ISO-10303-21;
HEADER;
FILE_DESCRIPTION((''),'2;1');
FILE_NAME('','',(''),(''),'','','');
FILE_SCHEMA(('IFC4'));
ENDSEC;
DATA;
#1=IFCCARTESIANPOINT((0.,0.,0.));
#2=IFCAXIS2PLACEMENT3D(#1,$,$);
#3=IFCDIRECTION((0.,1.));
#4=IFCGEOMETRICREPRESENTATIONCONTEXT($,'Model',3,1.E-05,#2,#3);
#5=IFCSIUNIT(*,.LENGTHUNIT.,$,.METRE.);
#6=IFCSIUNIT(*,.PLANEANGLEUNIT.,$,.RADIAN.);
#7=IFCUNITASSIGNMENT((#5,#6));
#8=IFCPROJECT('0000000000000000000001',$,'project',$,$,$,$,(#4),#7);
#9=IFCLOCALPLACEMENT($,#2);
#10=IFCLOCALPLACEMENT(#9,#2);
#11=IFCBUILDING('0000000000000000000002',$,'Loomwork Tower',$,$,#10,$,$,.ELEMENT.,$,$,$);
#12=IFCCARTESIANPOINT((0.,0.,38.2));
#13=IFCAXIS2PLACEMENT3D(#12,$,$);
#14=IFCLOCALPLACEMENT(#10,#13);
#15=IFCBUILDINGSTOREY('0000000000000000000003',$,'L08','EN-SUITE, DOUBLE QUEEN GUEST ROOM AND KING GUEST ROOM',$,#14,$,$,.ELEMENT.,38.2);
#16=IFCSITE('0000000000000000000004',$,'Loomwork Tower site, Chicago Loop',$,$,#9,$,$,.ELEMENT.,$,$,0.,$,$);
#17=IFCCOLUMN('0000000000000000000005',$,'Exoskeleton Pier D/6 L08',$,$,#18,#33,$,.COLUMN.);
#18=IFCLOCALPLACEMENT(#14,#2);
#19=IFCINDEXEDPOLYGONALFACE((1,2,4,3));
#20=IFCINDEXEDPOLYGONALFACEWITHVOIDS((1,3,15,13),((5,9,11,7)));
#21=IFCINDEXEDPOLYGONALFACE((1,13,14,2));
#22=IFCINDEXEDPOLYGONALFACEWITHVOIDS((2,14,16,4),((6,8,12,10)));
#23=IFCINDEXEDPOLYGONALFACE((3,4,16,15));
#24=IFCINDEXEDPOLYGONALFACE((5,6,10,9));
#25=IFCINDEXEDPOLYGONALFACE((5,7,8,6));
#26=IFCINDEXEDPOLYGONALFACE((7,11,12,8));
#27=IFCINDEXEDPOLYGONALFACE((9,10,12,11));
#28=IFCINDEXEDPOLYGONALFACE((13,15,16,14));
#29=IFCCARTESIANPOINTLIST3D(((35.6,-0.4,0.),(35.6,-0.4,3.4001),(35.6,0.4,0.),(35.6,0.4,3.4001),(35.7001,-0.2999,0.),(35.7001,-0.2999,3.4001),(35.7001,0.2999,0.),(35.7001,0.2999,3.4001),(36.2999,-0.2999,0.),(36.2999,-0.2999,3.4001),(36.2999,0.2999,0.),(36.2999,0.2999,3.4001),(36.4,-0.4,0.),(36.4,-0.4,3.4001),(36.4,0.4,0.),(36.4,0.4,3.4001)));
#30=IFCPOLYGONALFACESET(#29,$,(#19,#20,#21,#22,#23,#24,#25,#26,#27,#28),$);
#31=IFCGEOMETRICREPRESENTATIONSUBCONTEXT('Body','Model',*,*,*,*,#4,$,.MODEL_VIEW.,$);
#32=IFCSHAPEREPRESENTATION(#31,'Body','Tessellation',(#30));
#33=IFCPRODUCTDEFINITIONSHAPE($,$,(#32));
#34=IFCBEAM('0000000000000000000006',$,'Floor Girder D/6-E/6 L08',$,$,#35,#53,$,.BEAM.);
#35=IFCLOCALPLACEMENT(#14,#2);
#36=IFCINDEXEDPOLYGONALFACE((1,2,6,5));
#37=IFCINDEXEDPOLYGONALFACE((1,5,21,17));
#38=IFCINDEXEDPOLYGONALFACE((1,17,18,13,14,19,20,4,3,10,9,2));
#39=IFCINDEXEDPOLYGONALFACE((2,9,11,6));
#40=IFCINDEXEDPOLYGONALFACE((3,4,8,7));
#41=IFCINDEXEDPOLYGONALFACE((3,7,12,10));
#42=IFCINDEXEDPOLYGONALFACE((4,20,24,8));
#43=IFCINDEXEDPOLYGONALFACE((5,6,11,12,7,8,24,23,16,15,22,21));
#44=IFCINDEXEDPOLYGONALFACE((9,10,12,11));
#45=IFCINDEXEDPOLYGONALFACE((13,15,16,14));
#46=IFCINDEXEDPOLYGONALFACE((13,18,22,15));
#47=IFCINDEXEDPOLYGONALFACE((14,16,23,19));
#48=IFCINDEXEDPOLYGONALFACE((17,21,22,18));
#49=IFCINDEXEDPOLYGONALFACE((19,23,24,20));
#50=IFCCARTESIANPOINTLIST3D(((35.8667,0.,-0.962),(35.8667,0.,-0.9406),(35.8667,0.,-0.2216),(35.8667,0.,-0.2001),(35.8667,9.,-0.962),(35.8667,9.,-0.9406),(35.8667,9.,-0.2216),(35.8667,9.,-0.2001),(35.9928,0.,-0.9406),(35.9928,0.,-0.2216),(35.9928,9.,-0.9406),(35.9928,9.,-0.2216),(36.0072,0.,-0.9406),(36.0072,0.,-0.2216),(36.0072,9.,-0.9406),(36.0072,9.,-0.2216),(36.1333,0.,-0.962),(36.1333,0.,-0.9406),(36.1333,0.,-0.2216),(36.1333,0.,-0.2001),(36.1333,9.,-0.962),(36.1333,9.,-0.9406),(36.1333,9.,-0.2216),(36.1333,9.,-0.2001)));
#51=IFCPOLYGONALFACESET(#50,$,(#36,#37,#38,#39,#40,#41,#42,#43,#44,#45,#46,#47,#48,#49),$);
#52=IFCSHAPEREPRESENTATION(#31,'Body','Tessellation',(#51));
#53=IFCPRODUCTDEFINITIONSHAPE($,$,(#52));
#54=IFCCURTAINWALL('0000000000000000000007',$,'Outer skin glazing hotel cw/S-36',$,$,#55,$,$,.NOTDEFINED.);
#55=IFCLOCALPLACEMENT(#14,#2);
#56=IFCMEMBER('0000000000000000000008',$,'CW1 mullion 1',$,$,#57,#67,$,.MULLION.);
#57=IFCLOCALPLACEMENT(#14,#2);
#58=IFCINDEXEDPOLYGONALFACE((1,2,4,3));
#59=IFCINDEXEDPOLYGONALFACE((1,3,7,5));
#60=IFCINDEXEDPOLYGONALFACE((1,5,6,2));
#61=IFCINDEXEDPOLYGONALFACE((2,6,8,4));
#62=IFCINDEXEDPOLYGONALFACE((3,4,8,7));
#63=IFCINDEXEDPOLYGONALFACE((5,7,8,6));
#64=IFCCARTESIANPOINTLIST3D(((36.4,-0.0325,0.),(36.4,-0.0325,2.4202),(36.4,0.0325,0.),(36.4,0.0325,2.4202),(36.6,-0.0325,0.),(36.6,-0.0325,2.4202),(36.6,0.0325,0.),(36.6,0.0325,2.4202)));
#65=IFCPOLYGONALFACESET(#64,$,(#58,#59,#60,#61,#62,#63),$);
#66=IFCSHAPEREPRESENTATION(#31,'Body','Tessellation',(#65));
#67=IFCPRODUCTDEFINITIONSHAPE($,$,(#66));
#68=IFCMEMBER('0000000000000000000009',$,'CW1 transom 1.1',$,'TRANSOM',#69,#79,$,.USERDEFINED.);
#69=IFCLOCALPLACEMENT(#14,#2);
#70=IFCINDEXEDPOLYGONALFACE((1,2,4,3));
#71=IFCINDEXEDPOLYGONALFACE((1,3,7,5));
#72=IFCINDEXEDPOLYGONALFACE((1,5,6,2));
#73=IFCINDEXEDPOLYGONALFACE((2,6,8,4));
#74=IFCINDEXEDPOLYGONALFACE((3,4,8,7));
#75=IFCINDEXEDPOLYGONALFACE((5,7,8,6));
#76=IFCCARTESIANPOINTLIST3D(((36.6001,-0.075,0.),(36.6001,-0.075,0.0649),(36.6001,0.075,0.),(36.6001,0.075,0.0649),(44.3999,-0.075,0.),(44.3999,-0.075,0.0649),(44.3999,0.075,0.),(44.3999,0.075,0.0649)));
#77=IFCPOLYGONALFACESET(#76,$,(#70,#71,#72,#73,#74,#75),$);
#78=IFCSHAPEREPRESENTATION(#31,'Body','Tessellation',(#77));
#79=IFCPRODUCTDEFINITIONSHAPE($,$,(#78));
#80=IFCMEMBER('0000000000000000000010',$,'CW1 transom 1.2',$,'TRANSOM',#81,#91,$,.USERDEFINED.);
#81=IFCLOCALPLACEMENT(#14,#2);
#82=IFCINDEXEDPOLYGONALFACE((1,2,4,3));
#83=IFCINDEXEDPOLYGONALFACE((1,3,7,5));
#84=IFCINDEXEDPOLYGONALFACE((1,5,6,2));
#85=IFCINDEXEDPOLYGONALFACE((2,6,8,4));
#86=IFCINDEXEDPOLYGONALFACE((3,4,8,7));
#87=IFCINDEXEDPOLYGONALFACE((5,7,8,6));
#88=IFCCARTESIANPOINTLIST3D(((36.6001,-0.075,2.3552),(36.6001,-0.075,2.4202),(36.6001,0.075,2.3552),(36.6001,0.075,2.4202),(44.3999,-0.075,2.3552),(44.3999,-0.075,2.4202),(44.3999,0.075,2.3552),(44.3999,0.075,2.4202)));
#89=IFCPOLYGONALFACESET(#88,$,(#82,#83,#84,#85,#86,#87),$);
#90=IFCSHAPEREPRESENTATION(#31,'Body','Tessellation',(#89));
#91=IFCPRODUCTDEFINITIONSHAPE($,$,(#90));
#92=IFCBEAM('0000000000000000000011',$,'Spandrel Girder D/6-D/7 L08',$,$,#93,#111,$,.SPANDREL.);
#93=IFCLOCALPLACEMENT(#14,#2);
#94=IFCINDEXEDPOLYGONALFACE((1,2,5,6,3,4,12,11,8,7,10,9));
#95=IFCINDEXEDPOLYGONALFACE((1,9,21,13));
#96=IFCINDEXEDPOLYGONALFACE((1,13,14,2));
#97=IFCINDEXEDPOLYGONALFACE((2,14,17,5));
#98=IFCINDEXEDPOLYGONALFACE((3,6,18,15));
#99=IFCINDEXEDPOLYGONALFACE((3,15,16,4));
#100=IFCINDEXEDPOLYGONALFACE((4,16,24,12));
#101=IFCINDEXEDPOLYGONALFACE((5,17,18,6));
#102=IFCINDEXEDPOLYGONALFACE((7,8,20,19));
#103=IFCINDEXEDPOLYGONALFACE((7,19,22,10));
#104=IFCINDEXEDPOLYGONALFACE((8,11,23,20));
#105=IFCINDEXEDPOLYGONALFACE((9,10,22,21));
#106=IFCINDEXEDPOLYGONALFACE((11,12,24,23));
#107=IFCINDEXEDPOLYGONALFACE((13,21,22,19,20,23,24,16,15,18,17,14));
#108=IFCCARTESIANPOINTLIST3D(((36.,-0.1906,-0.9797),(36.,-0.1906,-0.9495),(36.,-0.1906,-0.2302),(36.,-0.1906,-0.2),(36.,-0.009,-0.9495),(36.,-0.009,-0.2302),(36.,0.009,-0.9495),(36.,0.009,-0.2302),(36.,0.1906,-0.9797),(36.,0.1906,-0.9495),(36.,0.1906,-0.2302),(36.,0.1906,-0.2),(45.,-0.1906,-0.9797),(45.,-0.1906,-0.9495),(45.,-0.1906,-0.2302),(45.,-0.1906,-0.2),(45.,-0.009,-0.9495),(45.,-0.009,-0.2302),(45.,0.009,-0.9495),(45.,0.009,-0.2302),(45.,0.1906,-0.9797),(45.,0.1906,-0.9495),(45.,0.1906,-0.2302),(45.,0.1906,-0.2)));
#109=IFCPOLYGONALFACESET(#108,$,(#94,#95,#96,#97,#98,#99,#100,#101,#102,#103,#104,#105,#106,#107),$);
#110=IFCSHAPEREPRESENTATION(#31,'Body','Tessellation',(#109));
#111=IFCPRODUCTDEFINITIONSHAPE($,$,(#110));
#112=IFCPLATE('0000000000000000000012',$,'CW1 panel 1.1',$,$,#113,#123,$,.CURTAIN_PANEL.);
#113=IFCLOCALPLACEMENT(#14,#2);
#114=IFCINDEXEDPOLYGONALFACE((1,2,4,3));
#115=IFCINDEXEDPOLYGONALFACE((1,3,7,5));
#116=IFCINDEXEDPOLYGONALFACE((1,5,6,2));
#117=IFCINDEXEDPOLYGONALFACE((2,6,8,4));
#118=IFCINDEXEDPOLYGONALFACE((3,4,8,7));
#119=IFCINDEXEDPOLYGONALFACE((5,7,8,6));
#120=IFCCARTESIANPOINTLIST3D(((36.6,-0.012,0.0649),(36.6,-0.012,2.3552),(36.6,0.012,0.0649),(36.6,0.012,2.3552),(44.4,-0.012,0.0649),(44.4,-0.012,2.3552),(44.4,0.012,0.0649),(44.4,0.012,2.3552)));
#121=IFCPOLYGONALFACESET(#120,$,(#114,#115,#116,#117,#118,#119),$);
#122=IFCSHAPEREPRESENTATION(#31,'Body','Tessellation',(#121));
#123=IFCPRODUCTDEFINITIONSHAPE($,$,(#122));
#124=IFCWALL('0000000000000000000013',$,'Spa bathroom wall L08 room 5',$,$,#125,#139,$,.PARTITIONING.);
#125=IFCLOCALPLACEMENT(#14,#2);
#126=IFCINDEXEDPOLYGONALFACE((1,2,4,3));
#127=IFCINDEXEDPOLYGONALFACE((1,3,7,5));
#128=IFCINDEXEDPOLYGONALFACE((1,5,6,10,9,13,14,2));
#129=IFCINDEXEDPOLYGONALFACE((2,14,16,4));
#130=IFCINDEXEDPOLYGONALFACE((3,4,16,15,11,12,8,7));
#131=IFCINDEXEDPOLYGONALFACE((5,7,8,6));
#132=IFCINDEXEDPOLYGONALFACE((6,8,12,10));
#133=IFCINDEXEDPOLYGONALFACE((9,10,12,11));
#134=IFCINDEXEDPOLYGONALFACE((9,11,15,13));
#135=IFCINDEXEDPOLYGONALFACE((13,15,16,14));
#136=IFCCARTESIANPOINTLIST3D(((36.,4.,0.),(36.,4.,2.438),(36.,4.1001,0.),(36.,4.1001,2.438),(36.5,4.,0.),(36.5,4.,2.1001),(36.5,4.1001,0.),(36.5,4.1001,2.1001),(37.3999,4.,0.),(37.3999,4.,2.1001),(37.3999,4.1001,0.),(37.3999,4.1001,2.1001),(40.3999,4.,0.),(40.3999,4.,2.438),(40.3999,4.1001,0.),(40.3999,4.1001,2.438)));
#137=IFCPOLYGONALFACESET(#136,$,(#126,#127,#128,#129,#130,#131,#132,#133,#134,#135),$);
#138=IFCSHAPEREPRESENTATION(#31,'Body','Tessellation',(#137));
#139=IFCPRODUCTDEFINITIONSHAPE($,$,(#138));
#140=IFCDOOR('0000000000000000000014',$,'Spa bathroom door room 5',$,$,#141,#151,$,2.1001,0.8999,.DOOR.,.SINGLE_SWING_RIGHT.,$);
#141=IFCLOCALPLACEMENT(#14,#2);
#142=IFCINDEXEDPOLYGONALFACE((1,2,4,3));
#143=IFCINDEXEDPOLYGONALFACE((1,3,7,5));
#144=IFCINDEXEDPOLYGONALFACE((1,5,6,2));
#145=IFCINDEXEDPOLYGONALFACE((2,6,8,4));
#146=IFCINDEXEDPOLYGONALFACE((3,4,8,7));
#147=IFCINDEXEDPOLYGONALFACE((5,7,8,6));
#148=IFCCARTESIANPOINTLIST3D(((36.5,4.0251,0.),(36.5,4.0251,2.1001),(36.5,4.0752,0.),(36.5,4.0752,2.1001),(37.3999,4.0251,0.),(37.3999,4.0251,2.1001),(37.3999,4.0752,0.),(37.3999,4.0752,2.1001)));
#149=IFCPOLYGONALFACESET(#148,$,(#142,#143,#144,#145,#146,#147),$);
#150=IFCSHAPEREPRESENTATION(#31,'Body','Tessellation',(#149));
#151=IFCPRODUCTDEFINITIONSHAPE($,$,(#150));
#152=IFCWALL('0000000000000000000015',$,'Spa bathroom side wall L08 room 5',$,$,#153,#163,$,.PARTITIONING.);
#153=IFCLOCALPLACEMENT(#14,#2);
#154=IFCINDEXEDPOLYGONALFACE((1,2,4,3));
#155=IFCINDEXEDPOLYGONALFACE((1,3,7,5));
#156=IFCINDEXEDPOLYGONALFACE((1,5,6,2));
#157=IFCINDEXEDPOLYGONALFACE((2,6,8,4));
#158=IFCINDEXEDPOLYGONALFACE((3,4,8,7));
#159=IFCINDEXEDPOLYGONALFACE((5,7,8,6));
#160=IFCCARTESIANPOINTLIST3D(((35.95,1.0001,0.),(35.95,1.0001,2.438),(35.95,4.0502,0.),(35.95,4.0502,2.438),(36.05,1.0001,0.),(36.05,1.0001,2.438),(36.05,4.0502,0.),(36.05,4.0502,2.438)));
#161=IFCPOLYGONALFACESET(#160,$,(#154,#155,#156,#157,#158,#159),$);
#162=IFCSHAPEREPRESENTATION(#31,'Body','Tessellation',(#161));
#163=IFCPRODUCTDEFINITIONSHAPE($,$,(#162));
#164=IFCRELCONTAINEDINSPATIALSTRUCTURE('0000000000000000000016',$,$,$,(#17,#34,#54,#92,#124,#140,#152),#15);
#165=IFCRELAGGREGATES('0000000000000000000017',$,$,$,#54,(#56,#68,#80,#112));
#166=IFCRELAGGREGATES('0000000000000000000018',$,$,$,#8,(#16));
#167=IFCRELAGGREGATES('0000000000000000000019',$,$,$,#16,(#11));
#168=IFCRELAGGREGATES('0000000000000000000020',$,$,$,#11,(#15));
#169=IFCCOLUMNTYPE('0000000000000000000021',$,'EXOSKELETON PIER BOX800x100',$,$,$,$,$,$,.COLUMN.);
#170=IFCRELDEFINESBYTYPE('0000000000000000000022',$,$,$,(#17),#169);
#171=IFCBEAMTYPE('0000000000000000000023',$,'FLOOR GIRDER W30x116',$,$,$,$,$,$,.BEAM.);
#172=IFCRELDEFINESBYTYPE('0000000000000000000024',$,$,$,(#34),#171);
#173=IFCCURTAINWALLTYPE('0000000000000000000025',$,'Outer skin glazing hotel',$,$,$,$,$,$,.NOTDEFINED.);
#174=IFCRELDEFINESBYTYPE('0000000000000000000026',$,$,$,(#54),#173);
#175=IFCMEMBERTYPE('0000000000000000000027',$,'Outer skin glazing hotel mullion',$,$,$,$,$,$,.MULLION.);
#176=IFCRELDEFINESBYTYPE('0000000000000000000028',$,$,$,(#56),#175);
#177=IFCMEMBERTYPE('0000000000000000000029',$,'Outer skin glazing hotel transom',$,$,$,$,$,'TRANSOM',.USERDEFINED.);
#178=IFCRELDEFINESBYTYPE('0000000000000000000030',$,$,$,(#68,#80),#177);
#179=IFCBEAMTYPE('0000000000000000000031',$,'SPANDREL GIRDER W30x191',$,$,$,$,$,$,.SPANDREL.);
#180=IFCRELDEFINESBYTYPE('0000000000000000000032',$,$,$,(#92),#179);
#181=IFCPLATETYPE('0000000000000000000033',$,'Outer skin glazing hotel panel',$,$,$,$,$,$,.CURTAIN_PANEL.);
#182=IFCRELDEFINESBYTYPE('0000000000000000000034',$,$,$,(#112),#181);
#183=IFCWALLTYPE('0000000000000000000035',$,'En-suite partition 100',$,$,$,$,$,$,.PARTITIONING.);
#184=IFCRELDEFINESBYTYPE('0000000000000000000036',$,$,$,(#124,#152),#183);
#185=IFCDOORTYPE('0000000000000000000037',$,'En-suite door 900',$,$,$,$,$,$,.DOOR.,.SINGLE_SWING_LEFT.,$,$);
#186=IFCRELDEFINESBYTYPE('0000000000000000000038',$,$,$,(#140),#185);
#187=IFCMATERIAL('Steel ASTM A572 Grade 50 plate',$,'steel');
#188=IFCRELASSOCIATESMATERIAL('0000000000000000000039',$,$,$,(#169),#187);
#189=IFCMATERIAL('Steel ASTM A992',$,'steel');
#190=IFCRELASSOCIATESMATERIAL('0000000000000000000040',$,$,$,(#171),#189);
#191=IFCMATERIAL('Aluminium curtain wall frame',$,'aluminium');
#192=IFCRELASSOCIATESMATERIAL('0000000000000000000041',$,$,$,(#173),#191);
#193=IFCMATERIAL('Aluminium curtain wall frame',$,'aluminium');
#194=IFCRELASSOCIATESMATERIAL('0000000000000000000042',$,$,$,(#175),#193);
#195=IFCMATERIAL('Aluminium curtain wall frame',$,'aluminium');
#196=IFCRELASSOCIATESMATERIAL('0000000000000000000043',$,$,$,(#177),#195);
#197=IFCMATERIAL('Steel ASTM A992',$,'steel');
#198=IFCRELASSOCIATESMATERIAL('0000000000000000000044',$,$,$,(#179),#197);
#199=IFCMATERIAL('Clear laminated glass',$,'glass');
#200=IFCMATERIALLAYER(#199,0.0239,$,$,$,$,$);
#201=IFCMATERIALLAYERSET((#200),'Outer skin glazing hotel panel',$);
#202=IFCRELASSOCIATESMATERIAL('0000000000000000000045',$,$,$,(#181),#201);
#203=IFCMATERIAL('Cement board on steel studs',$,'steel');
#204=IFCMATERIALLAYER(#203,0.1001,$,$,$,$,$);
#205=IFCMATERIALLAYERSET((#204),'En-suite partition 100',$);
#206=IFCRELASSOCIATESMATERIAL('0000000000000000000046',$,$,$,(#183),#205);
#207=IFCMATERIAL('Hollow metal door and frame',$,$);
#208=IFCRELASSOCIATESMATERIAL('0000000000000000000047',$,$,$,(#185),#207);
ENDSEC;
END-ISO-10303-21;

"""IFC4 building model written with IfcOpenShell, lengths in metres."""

from ifc_helpers import new_model, si_unit, direction, frame, frame_2d, origin, origin_2d, place, context, subcontext, project, spatial, rectangle, hollow_rectangle, i_section, extrude, material, layer, layer_set, material_profile, profile_set, type_object, element, fill, aggregate, save


model = new_model("IFC4")

# Units and contexts
model_context = context("Model", 3, precision=1e-05, world=origin(), true_north=direction((0.0, 1.0)))
body_context = subcontext(model_context, "Body", "Model", "MODEL_VIEW")
ifc_project = project(units=[si_unit("LENGTHUNIT", "METRE"), si_unit("PLANEANGLEUNIT", "RADIAN")], contexts=[model_context])

# Site, building, storey
site_placement = place(None, origin())
site = spatial("IfcSite", under=ifc_project, at=site_placement, Name="Loomwork Tower site, Chicago Loop", CompositionType="ELEMENT", RefElevation=0.0)
building_placement = place(site_placement, origin())
building = spatial("IfcBuilding", under=site, at=building_placement, Name="Loomwork Tower", CompositionType="ELEMENT")
storey_placement = place(building_placement, frame((0.0, 0.0, 38.2)))
storey = spatial("IfcBuildingStorey", under=building, at=storey_placement, Name="L08", Description="EN-SUITE, DOUBLE QUEEN GUEST ROOM AND KING GUEST ROOM", CompositionType="ELEMENT", Elevation=38.2)

# Column
ifc_material_1 = material(Name="Steel ASTM A572 Grade 50 plate", Category="steel")
ifc_material_profile_1 = material_profile(ifc_material_1, hollow_rectangle(XDim=0.8, YDim=0.8, WallThickness=0.1001, at=origin_2d()), Name="BOX800x100")
ifc_profile_set_1 = profile_set([ifc_material_profile_1], Name="Steel ASTM A572 Grade 50 plate")
column_type = type_object("IfcColumnType", Name="EXOSKELETON PIER BOX800x100", PredefinedType="COLUMN", material=ifc_profile_set_1)
column_placement = place(storey_placement, frame((36.0, 0.0, 0.0), z_axis=(0.0, 0.0, 1.0), x_axis=(1.0, 0.0, 0.0)))
element("IfcColumn", 1, at=column_placement, inside=storey, type_object=column_type, Name="Exoskeleton Pier D/6 L08", PredefinedType="COLUMN", context=body_context, shape_type="SweptSolid", body=[
    extrude(hollow_rectangle(XDim=0.8, YDim=0.8, WallThickness=0.1001, at=origin_2d()), origin(), (0.0, 0.0, 1.0), 3.4001),
])

# Beam
ifc_material_2 = material(Name="Steel ASTM A992", Category="steel")
ifc_material_profile_2 = material_profile(ifc_material_2, i_section(OverallWidth=0.2666, OverallDepth=0.762, WebThickness=0.0144, FlangeThickness=0.0215, at=origin_2d()), Name="W30x116")
ifc_profile_set_2 = profile_set([ifc_material_profile_2], Name="Steel ASTM A992")
beam_type_1 = type_object("IfcBeamType", Name="FLOOR GIRDER W30x116", PredefinedType="BEAM", material=ifc_profile_set_2)
beam_1_placement = place(storey_placement, frame((36.0, 0.0, -0.5811), z_axis=(0.0, 1.0, 0.0), x_axis=(-1.0, 0.0, 0.0)))
element("IfcBeam", 2, at=beam_1_placement, inside=storey, type_object=beam_type_1, Name="Floor Girder D/6-E/6 L08", PredefinedType="BEAM", context=body_context, shape_type="SweptSolid", body=[
    extrude(i_section(OverallWidth=0.2666, OverallDepth=0.762, WebThickness=0.0144, FlangeThickness=0.0215, at=origin_2d()), origin(), (0.0, 0.0, 1.0), 9.0),
])

# Curtain wall, members
ifc_material_3 = material(Name="Aluminium curtain wall frame", Category="aluminium")
curtain_wall_type = type_object("IfcCurtainWallType", Name="Outer skin glazing hotel", PredefinedType="NOTDEFINED", material=ifc_material_3)
curtain_wall_placement = place(storey_placement, origin())
curtain_wall = element("IfcCurtainWall", 3, at=curtain_wall_placement, inside=storey, type_object=curtain_wall_type, Name="Outer skin glazing hotel cw/S-36", PredefinedType="NOTDEFINED")
ifc_material_4 = material(Name="Aluminium curtain wall frame", Category="aluminium")
ifc_material_profile_3 = material_profile(ifc_material_4, rectangle(XDim=0.0649, YDim=0.2, at=origin_2d()), Name="AL 65x200")
ifc_profile_set_3 = profile_set([ifc_material_profile_3], Name="Aluminium curtain wall frame")
member_type_1 = type_object("IfcMemberType", Name="Outer skin glazing hotel mullion", PredefinedType="MULLION", material=ifc_profile_set_3)
member_1_placement = place(storey_placement, frame((36.5, 0.0, 0.0), z_axis=(0.0, 0.0, 1.0), x_axis=(0.0, 1.0, 0.0)))
member_1 = element("IfcMember", 4, at=member_1_placement, type_object=member_type_1, Name="CW1 mullion 1", PredefinedType="MULLION", context=body_context, shape_type="SweptSolid", body=[
    extrude(rectangle(XDim=0.0649, YDim=0.2, at=origin_2d()), origin(), (0.0, 0.0, 1.0), 2.4202),
])
ifc_material_5 = material(Name="Aluminium curtain wall frame", Category="aluminium")
ifc_material_profile_4 = material_profile(ifc_material_5, rectangle(XDim=0.1499, YDim=0.0649, at=origin_2d()), Name="AL 65x150")
ifc_profile_set_4 = profile_set([ifc_material_profile_4], Name="Aluminium curtain wall frame")
member_type_2 = type_object("IfcMemberType", Name="Outer skin glazing hotel transom", ElementType="TRANSOM", PredefinedType="USERDEFINED", material=ifc_profile_set_4)
member_2_placement = place(storey_placement, frame((36.6001, 0.0, 0.0325), z_axis=(1.0, 0.0, 0.0), x_axis=(0.0, 1.0, 0.0)))
member_2 = element("IfcMember", 5, at=member_2_placement, type_object=member_type_2, Name="CW1 transom 1.1", ObjectType="TRANSOM", PredefinedType="USERDEFINED", context=body_context, shape_type="SweptSolid", body=[
    extrude(rectangle(XDim=0.1499, YDim=0.0649, at=origin_2d()), origin(), (0.0, 0.0, 1.0), 7.7998),
])
member_3_placement = place(storey_placement, frame((36.6001, 0.0, 2.3877), z_axis=(1.0, 0.0, 0.0), x_axis=(0.0, 1.0, 0.0)))
member_3 = element("IfcMember", 6, at=member_3_placement, type_object=member_type_2, Name="CW1 transom 1.2", ObjectType="TRANSOM", PredefinedType="USERDEFINED", context=body_context, shape_type="SweptSolid", body=[
    extrude(rectangle(XDim=0.1499, YDim=0.0649, at=origin_2d()), origin(), (0.0, 0.0, 1.0), 7.7998),
])

# Beam
ifc_material_6 = material(Name="Steel ASTM A992", Category="steel")
ifc_material_profile_5 = material_profile(ifc_material_6, i_section(OverallWidth=0.3811, OverallDepth=0.7798, WebThickness=0.0181, FlangeThickness=0.0303, at=origin_2d()), Name="W30x191")
ifc_profile_set_5 = profile_set([ifc_material_profile_5], Name="Steel ASTM A992")
beam_type_2 = type_object("IfcBeamType", Name="SPANDREL GIRDER W30x191", PredefinedType="SPANDREL", material=ifc_profile_set_5)
beam_2_placement = place(storey_placement, frame((36.0, 0.0, -0.5898), z_axis=(1.0, 0.0, 0.0), x_axis=(0.0, 1.0, 0.0)))
element("IfcBeam", 7, at=beam_2_placement, inside=storey, type_object=beam_type_2, Name="Spandrel Girder D/6-D/7 L08", PredefinedType="SPANDREL", context=body_context, shape_type="SweptSolid", body=[
    extrude(i_section(OverallWidth=0.3811, OverallDepth=0.7798, WebThickness=0.0181, FlangeThickness=0.0303, at=origin_2d()), origin(), (0.0, 0.0, 1.0), 9.0),
])

# Plate
ifc_material_7 = material(Name="Clear laminated glass", Category="glass")
ifc_layer_1 = layer(ifc_material_7, 0.0239)
ifc_layer_set_1 = layer_set([ifc_layer_1], Name="Outer skin glazing hotel panel")
plate_type = type_object("IfcPlateType", Name="Outer skin glazing hotel panel", PredefinedType="CURTAIN_PANEL", material=ifc_layer_set_1)
plate_placement = place(storey_placement, frame((40.5, 0.0, 0.0649), z_axis=(0.0, 0.0, 1.0), x_axis=(1.0, 0.0, 0.0)))
plate = element("IfcPlate", 8, at=plate_placement, type_object=plate_type, Name="CW1 panel 1.1", PredefinedType="CURTAIN_PANEL", context=body_context, shape_type="SweptSolid", body=[
    extrude(rectangle(XDim=7.8, YDim=0.0239, at=origin_2d()), origin(), (0.0, 0.0, 1.0), 2.2903),
])
aggregate(curtain_wall, [member_1, member_2, member_3, plate])

# Wall, opening, door
ifc_material_8 = material(Name="Cement board on steel studs", Category="steel")
ifc_layer_2 = layer(ifc_material_8, 0.1001)
ifc_layer_set_2 = layer_set([ifc_layer_2], Name="En-suite partition 100")
wall_type_1 = type_object("IfcWallType", Name="En-suite partition 100", PredefinedType="PARTITIONING", material=ifc_layer_set_2)
wall_1_placement = place(storey_placement, frame((36.0, 4.05, 0.0), z_axis=(0.0, 0.0, 1.0), x_axis=(1.0, 0.0, 0.0)))
wall_1 = element("IfcWall", 9, at=wall_1_placement, inside=storey, type_object=wall_type_1, Name="Spa bathroom wall L08 room 5", PredefinedType="PARTITIONING", context=body_context, shape_type="SweptSolid", body=[
    extrude(rectangle(XDim=4.3999, YDim=0.1001, at=frame_2d((2.2, 0.0))), origin(), (0.0, 0.0, 1.0), 2.438),
])
opening_1_placement = place(wall_1_placement, frame((0.5, 0.0, 0.0)))
opening_1 = element("IfcOpeningElement", 10, at=opening_1_placement, cuts=wall_1, PredefinedType="OPENING", context=body_context, shape_type="SweptSolid", body=[
    extrude(rectangle(XDim=0.8999, YDim=2.1001, at=frame_2d((0.45, 1.05))), frame((0.0, 0.0601, 0.0), z_axis=(0.0, -1.0, 0.0), x_axis=(1.0, 0.0, 0.0)), (0.0, 0.0, 1.0), 0.1201),
])
ifc_material_9 = material(Name="Hollow metal door and frame")
door_type = type_object("IfcDoorType", Name="En-suite door 900", OperationType="SINGLE_SWING_LEFT", PredefinedType="DOOR", material=ifc_material_9)
door_placement = place(opening_1_placement, frame((0.8999, 0.0, 0.0), z_axis=(0.0, 0.0, 1.0), x_axis=(-1.0, 0.0, 0.0)))
door = element("IfcDoor", 11, at=door_placement, inside=storey, type_object=door_type, Name="Spa bathroom door room 5", OperationType="SINGLE_SWING_RIGHT", OverallHeight=2.1001, OverallWidth=0.8999, PredefinedType="DOOR", context=body_context, shape_type="SweptSolid", body=[
    extrude(rectangle(XDim=0.8999, YDim=2.1001, at=frame_2d((0.45, 1.05))), frame((0.0, 0.0249, 0.0), z_axis=(0.0, -1.0, 0.0), x_axis=(1.0, 0.0, 0.0)), (0.0, 0.0, 1.0), 0.05),
])
fill(opening_1, door)

# Wall
wall_2_placement = place(storey_placement, frame((36.0, 4.05, 0.0), z_axis=(0.0, 0.0, 1.0), x_axis=(0.0, -1.0, 0.0)))
element("IfcWall", 12, at=wall_2_placement, inside=storey, type_object=wall_type_1, Name="Spa bathroom side wall L08 room 5", PredefinedType="PARTITIONING", context=body_context, shape_type="SweptSolid", body=[
    extrude(rectangle(XDim=3.05, YDim=0.1001, at=frame_2d((1.5249, 0.0))), origin(), (0.0, 0.0, 1.0), 2.438),
])

save(model, "model.ifc")
